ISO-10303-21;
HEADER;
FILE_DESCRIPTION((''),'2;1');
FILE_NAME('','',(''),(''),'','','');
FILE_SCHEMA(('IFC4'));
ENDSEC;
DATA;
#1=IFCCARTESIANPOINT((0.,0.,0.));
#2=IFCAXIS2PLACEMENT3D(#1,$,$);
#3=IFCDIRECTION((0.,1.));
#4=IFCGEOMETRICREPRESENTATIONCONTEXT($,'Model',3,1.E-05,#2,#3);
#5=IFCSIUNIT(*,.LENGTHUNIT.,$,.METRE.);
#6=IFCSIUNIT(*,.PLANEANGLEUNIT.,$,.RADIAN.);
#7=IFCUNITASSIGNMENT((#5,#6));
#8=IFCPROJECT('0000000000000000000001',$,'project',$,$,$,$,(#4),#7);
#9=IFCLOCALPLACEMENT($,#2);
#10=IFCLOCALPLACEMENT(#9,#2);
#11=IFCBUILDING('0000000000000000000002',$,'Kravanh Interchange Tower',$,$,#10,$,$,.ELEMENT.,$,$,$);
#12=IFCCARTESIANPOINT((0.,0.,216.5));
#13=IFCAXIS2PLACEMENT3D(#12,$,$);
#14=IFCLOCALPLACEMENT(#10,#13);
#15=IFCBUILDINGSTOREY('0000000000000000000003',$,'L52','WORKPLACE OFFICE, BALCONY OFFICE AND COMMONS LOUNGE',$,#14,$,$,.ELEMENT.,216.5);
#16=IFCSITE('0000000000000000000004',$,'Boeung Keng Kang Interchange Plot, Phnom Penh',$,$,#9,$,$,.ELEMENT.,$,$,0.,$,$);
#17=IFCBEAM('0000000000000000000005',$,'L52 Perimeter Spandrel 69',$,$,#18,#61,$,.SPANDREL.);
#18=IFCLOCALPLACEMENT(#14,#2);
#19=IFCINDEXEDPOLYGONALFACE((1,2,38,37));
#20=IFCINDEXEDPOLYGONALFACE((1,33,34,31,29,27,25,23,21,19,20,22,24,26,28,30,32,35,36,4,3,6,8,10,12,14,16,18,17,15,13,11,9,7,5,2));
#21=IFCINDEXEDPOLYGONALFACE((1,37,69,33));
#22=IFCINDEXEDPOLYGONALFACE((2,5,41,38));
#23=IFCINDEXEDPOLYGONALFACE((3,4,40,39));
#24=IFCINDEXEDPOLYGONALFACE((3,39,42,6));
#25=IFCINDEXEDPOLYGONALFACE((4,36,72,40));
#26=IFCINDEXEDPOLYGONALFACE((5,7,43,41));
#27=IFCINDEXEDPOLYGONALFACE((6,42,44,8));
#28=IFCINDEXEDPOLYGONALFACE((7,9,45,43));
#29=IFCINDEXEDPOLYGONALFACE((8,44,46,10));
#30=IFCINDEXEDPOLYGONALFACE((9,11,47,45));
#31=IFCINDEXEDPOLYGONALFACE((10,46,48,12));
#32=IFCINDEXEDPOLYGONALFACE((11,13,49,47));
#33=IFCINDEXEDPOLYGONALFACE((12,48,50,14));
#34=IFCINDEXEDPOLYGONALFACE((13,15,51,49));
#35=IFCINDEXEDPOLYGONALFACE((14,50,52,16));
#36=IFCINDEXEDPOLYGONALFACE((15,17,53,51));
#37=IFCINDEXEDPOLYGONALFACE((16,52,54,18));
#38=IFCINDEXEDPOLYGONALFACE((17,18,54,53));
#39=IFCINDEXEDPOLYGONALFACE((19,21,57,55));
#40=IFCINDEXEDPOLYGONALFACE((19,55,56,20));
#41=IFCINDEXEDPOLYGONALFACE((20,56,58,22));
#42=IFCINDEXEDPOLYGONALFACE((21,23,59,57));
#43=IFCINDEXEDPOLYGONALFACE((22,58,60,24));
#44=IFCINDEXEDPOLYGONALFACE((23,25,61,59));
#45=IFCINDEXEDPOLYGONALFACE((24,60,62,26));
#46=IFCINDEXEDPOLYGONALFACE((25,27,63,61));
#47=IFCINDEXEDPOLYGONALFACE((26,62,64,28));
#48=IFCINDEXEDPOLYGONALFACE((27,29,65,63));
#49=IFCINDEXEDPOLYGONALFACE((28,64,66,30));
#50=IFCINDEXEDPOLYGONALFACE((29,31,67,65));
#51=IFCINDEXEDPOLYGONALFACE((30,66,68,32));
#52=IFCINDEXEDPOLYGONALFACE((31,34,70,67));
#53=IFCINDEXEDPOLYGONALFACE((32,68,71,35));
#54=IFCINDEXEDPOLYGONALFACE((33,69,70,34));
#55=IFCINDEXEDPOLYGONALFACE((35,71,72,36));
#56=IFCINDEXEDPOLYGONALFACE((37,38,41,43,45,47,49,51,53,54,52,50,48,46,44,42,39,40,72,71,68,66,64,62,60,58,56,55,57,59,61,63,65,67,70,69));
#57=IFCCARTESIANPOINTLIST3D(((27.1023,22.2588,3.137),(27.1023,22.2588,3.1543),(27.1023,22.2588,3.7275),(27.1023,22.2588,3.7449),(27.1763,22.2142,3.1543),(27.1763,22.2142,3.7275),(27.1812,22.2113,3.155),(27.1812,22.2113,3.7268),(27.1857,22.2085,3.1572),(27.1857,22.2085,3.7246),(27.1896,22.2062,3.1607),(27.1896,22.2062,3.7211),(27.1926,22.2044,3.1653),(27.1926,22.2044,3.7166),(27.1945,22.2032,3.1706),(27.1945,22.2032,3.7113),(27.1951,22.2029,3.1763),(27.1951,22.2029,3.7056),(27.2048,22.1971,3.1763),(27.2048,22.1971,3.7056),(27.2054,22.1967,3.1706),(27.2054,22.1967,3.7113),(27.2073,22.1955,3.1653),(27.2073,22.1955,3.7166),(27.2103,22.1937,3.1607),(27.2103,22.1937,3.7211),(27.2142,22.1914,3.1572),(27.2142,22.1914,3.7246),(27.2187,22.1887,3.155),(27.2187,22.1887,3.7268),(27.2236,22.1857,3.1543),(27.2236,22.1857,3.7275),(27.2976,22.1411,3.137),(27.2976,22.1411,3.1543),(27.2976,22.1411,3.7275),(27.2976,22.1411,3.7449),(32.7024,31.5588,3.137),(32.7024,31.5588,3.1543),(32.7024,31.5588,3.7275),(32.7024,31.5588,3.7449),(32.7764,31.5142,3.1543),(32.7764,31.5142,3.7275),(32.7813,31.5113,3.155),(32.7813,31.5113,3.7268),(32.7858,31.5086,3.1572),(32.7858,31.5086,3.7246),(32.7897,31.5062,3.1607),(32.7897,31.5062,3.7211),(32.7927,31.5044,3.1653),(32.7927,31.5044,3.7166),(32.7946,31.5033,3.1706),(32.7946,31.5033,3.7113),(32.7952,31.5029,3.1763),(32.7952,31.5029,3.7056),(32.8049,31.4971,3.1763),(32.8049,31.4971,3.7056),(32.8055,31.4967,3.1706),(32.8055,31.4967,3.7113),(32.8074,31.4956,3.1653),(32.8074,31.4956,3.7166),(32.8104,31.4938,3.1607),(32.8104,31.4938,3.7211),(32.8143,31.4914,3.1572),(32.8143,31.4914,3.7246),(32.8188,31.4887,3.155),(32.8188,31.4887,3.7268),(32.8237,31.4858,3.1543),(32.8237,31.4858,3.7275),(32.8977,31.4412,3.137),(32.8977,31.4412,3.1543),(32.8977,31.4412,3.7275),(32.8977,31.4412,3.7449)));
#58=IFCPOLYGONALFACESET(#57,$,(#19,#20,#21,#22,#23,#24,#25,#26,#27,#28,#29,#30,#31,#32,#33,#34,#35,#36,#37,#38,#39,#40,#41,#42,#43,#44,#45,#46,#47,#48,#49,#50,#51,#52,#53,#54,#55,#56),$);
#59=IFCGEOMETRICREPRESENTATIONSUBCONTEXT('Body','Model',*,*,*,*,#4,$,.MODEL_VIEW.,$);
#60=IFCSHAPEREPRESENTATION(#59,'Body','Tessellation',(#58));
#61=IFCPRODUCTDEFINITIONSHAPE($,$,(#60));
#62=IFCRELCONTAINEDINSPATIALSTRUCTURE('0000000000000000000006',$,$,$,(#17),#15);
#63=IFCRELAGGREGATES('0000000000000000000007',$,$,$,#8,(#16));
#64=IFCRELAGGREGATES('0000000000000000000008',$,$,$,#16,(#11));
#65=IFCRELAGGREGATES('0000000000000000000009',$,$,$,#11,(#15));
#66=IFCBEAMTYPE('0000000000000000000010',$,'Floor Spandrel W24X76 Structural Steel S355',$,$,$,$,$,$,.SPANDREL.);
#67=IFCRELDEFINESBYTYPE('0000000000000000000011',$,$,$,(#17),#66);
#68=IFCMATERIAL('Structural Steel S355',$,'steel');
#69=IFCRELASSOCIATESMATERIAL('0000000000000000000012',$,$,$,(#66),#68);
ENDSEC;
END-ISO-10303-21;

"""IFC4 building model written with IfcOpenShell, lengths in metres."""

from ifc_helpers import new_model, si_unit, direction, frame, origin, origin_2d, place, context, subcontext, project, spatial, i_section, extrude, material, material_profile, profile_set, type_object, element, save


model = new_model("IFC4")

# Units and contexts
model_context = context("Model", 3, precision=1e-05, world=origin(), true_north=direction((0.0, 1.0)))
body_context = subcontext(model_context, "Body", "Model", "MODEL_VIEW")
ifc_project = project(units=[si_unit("LENGTHUNIT", "METRE"), si_unit("PLANEANGLEUNIT", "RADIAN")], contexts=[model_context])

# Site, building, storey
site_placement = place(None, origin())
site = spatial("IfcSite", under=ifc_project, at=site_placement, Name="Boeung Keng Kang Interchange Plot, Phnom Penh", CompositionType="ELEMENT", RefElevation=0.0)
building_placement = place(site_placement, origin())
building = spatial("IfcBuilding", under=site, at=building_placement, Name="Kravanh Interchange Tower", CompositionType="ELEMENT")
storey_placement = place(building_placement, frame((0.0, 0.0, 216.5)))
storey = spatial("IfcBuildingStorey", under=building, at=storey_placement, Name="L52", Description="WORKPLACE OFFICE, BALCONY OFFICE AND COMMONS LOUNGE", CompositionType="ELEMENT", Elevation=216.5)

# Beam
ifc_material_1 = material(Name="Structural Steel S355", Category="steel")
ifc_material_profile_1 = material_profile(ifc_material_1, i_section(OverallWidth=0.228, OverallDepth=0.6079, WebThickness=0.0112, FlangeThickness=0.0173, FilletRadius=0.022, at=origin_2d()), Name="W24X76")
ifc_profile_set_1 = profile_set([ifc_material_profile_1], Name="Structural Steel S355")
beam_type_1 = type_object("IfcBeamType", Name="Floor Spandrel W24X76 Structural Steel S355", PredefinedType="SPANDREL", material=ifc_profile_set_1)
beam_1_placement = place(storey_placement, frame((32.8, 31.5, 3.4409), z_axis=(-0.515854, -0.856676, 0.0), x_axis=(0.856676, -0.515854, 0.0)))
element("IfcBeam", 1, at=beam_1_placement, inside=storey, type_object=beam_type_1, Name="L52 Perimeter Spandrel 69", PredefinedType="SPANDREL", context=body_context, shape_type="SweptSolid", body=[
    extrude(i_section(OverallWidth=0.228, OverallDepth=0.6079, WebThickness=0.0112, FlangeThickness=0.0173, FilletRadius=0.022, at=origin_2d()), origin(), (0.0, 0.0, 1.0), 10.856),
])

save(model, "model.ifc")
